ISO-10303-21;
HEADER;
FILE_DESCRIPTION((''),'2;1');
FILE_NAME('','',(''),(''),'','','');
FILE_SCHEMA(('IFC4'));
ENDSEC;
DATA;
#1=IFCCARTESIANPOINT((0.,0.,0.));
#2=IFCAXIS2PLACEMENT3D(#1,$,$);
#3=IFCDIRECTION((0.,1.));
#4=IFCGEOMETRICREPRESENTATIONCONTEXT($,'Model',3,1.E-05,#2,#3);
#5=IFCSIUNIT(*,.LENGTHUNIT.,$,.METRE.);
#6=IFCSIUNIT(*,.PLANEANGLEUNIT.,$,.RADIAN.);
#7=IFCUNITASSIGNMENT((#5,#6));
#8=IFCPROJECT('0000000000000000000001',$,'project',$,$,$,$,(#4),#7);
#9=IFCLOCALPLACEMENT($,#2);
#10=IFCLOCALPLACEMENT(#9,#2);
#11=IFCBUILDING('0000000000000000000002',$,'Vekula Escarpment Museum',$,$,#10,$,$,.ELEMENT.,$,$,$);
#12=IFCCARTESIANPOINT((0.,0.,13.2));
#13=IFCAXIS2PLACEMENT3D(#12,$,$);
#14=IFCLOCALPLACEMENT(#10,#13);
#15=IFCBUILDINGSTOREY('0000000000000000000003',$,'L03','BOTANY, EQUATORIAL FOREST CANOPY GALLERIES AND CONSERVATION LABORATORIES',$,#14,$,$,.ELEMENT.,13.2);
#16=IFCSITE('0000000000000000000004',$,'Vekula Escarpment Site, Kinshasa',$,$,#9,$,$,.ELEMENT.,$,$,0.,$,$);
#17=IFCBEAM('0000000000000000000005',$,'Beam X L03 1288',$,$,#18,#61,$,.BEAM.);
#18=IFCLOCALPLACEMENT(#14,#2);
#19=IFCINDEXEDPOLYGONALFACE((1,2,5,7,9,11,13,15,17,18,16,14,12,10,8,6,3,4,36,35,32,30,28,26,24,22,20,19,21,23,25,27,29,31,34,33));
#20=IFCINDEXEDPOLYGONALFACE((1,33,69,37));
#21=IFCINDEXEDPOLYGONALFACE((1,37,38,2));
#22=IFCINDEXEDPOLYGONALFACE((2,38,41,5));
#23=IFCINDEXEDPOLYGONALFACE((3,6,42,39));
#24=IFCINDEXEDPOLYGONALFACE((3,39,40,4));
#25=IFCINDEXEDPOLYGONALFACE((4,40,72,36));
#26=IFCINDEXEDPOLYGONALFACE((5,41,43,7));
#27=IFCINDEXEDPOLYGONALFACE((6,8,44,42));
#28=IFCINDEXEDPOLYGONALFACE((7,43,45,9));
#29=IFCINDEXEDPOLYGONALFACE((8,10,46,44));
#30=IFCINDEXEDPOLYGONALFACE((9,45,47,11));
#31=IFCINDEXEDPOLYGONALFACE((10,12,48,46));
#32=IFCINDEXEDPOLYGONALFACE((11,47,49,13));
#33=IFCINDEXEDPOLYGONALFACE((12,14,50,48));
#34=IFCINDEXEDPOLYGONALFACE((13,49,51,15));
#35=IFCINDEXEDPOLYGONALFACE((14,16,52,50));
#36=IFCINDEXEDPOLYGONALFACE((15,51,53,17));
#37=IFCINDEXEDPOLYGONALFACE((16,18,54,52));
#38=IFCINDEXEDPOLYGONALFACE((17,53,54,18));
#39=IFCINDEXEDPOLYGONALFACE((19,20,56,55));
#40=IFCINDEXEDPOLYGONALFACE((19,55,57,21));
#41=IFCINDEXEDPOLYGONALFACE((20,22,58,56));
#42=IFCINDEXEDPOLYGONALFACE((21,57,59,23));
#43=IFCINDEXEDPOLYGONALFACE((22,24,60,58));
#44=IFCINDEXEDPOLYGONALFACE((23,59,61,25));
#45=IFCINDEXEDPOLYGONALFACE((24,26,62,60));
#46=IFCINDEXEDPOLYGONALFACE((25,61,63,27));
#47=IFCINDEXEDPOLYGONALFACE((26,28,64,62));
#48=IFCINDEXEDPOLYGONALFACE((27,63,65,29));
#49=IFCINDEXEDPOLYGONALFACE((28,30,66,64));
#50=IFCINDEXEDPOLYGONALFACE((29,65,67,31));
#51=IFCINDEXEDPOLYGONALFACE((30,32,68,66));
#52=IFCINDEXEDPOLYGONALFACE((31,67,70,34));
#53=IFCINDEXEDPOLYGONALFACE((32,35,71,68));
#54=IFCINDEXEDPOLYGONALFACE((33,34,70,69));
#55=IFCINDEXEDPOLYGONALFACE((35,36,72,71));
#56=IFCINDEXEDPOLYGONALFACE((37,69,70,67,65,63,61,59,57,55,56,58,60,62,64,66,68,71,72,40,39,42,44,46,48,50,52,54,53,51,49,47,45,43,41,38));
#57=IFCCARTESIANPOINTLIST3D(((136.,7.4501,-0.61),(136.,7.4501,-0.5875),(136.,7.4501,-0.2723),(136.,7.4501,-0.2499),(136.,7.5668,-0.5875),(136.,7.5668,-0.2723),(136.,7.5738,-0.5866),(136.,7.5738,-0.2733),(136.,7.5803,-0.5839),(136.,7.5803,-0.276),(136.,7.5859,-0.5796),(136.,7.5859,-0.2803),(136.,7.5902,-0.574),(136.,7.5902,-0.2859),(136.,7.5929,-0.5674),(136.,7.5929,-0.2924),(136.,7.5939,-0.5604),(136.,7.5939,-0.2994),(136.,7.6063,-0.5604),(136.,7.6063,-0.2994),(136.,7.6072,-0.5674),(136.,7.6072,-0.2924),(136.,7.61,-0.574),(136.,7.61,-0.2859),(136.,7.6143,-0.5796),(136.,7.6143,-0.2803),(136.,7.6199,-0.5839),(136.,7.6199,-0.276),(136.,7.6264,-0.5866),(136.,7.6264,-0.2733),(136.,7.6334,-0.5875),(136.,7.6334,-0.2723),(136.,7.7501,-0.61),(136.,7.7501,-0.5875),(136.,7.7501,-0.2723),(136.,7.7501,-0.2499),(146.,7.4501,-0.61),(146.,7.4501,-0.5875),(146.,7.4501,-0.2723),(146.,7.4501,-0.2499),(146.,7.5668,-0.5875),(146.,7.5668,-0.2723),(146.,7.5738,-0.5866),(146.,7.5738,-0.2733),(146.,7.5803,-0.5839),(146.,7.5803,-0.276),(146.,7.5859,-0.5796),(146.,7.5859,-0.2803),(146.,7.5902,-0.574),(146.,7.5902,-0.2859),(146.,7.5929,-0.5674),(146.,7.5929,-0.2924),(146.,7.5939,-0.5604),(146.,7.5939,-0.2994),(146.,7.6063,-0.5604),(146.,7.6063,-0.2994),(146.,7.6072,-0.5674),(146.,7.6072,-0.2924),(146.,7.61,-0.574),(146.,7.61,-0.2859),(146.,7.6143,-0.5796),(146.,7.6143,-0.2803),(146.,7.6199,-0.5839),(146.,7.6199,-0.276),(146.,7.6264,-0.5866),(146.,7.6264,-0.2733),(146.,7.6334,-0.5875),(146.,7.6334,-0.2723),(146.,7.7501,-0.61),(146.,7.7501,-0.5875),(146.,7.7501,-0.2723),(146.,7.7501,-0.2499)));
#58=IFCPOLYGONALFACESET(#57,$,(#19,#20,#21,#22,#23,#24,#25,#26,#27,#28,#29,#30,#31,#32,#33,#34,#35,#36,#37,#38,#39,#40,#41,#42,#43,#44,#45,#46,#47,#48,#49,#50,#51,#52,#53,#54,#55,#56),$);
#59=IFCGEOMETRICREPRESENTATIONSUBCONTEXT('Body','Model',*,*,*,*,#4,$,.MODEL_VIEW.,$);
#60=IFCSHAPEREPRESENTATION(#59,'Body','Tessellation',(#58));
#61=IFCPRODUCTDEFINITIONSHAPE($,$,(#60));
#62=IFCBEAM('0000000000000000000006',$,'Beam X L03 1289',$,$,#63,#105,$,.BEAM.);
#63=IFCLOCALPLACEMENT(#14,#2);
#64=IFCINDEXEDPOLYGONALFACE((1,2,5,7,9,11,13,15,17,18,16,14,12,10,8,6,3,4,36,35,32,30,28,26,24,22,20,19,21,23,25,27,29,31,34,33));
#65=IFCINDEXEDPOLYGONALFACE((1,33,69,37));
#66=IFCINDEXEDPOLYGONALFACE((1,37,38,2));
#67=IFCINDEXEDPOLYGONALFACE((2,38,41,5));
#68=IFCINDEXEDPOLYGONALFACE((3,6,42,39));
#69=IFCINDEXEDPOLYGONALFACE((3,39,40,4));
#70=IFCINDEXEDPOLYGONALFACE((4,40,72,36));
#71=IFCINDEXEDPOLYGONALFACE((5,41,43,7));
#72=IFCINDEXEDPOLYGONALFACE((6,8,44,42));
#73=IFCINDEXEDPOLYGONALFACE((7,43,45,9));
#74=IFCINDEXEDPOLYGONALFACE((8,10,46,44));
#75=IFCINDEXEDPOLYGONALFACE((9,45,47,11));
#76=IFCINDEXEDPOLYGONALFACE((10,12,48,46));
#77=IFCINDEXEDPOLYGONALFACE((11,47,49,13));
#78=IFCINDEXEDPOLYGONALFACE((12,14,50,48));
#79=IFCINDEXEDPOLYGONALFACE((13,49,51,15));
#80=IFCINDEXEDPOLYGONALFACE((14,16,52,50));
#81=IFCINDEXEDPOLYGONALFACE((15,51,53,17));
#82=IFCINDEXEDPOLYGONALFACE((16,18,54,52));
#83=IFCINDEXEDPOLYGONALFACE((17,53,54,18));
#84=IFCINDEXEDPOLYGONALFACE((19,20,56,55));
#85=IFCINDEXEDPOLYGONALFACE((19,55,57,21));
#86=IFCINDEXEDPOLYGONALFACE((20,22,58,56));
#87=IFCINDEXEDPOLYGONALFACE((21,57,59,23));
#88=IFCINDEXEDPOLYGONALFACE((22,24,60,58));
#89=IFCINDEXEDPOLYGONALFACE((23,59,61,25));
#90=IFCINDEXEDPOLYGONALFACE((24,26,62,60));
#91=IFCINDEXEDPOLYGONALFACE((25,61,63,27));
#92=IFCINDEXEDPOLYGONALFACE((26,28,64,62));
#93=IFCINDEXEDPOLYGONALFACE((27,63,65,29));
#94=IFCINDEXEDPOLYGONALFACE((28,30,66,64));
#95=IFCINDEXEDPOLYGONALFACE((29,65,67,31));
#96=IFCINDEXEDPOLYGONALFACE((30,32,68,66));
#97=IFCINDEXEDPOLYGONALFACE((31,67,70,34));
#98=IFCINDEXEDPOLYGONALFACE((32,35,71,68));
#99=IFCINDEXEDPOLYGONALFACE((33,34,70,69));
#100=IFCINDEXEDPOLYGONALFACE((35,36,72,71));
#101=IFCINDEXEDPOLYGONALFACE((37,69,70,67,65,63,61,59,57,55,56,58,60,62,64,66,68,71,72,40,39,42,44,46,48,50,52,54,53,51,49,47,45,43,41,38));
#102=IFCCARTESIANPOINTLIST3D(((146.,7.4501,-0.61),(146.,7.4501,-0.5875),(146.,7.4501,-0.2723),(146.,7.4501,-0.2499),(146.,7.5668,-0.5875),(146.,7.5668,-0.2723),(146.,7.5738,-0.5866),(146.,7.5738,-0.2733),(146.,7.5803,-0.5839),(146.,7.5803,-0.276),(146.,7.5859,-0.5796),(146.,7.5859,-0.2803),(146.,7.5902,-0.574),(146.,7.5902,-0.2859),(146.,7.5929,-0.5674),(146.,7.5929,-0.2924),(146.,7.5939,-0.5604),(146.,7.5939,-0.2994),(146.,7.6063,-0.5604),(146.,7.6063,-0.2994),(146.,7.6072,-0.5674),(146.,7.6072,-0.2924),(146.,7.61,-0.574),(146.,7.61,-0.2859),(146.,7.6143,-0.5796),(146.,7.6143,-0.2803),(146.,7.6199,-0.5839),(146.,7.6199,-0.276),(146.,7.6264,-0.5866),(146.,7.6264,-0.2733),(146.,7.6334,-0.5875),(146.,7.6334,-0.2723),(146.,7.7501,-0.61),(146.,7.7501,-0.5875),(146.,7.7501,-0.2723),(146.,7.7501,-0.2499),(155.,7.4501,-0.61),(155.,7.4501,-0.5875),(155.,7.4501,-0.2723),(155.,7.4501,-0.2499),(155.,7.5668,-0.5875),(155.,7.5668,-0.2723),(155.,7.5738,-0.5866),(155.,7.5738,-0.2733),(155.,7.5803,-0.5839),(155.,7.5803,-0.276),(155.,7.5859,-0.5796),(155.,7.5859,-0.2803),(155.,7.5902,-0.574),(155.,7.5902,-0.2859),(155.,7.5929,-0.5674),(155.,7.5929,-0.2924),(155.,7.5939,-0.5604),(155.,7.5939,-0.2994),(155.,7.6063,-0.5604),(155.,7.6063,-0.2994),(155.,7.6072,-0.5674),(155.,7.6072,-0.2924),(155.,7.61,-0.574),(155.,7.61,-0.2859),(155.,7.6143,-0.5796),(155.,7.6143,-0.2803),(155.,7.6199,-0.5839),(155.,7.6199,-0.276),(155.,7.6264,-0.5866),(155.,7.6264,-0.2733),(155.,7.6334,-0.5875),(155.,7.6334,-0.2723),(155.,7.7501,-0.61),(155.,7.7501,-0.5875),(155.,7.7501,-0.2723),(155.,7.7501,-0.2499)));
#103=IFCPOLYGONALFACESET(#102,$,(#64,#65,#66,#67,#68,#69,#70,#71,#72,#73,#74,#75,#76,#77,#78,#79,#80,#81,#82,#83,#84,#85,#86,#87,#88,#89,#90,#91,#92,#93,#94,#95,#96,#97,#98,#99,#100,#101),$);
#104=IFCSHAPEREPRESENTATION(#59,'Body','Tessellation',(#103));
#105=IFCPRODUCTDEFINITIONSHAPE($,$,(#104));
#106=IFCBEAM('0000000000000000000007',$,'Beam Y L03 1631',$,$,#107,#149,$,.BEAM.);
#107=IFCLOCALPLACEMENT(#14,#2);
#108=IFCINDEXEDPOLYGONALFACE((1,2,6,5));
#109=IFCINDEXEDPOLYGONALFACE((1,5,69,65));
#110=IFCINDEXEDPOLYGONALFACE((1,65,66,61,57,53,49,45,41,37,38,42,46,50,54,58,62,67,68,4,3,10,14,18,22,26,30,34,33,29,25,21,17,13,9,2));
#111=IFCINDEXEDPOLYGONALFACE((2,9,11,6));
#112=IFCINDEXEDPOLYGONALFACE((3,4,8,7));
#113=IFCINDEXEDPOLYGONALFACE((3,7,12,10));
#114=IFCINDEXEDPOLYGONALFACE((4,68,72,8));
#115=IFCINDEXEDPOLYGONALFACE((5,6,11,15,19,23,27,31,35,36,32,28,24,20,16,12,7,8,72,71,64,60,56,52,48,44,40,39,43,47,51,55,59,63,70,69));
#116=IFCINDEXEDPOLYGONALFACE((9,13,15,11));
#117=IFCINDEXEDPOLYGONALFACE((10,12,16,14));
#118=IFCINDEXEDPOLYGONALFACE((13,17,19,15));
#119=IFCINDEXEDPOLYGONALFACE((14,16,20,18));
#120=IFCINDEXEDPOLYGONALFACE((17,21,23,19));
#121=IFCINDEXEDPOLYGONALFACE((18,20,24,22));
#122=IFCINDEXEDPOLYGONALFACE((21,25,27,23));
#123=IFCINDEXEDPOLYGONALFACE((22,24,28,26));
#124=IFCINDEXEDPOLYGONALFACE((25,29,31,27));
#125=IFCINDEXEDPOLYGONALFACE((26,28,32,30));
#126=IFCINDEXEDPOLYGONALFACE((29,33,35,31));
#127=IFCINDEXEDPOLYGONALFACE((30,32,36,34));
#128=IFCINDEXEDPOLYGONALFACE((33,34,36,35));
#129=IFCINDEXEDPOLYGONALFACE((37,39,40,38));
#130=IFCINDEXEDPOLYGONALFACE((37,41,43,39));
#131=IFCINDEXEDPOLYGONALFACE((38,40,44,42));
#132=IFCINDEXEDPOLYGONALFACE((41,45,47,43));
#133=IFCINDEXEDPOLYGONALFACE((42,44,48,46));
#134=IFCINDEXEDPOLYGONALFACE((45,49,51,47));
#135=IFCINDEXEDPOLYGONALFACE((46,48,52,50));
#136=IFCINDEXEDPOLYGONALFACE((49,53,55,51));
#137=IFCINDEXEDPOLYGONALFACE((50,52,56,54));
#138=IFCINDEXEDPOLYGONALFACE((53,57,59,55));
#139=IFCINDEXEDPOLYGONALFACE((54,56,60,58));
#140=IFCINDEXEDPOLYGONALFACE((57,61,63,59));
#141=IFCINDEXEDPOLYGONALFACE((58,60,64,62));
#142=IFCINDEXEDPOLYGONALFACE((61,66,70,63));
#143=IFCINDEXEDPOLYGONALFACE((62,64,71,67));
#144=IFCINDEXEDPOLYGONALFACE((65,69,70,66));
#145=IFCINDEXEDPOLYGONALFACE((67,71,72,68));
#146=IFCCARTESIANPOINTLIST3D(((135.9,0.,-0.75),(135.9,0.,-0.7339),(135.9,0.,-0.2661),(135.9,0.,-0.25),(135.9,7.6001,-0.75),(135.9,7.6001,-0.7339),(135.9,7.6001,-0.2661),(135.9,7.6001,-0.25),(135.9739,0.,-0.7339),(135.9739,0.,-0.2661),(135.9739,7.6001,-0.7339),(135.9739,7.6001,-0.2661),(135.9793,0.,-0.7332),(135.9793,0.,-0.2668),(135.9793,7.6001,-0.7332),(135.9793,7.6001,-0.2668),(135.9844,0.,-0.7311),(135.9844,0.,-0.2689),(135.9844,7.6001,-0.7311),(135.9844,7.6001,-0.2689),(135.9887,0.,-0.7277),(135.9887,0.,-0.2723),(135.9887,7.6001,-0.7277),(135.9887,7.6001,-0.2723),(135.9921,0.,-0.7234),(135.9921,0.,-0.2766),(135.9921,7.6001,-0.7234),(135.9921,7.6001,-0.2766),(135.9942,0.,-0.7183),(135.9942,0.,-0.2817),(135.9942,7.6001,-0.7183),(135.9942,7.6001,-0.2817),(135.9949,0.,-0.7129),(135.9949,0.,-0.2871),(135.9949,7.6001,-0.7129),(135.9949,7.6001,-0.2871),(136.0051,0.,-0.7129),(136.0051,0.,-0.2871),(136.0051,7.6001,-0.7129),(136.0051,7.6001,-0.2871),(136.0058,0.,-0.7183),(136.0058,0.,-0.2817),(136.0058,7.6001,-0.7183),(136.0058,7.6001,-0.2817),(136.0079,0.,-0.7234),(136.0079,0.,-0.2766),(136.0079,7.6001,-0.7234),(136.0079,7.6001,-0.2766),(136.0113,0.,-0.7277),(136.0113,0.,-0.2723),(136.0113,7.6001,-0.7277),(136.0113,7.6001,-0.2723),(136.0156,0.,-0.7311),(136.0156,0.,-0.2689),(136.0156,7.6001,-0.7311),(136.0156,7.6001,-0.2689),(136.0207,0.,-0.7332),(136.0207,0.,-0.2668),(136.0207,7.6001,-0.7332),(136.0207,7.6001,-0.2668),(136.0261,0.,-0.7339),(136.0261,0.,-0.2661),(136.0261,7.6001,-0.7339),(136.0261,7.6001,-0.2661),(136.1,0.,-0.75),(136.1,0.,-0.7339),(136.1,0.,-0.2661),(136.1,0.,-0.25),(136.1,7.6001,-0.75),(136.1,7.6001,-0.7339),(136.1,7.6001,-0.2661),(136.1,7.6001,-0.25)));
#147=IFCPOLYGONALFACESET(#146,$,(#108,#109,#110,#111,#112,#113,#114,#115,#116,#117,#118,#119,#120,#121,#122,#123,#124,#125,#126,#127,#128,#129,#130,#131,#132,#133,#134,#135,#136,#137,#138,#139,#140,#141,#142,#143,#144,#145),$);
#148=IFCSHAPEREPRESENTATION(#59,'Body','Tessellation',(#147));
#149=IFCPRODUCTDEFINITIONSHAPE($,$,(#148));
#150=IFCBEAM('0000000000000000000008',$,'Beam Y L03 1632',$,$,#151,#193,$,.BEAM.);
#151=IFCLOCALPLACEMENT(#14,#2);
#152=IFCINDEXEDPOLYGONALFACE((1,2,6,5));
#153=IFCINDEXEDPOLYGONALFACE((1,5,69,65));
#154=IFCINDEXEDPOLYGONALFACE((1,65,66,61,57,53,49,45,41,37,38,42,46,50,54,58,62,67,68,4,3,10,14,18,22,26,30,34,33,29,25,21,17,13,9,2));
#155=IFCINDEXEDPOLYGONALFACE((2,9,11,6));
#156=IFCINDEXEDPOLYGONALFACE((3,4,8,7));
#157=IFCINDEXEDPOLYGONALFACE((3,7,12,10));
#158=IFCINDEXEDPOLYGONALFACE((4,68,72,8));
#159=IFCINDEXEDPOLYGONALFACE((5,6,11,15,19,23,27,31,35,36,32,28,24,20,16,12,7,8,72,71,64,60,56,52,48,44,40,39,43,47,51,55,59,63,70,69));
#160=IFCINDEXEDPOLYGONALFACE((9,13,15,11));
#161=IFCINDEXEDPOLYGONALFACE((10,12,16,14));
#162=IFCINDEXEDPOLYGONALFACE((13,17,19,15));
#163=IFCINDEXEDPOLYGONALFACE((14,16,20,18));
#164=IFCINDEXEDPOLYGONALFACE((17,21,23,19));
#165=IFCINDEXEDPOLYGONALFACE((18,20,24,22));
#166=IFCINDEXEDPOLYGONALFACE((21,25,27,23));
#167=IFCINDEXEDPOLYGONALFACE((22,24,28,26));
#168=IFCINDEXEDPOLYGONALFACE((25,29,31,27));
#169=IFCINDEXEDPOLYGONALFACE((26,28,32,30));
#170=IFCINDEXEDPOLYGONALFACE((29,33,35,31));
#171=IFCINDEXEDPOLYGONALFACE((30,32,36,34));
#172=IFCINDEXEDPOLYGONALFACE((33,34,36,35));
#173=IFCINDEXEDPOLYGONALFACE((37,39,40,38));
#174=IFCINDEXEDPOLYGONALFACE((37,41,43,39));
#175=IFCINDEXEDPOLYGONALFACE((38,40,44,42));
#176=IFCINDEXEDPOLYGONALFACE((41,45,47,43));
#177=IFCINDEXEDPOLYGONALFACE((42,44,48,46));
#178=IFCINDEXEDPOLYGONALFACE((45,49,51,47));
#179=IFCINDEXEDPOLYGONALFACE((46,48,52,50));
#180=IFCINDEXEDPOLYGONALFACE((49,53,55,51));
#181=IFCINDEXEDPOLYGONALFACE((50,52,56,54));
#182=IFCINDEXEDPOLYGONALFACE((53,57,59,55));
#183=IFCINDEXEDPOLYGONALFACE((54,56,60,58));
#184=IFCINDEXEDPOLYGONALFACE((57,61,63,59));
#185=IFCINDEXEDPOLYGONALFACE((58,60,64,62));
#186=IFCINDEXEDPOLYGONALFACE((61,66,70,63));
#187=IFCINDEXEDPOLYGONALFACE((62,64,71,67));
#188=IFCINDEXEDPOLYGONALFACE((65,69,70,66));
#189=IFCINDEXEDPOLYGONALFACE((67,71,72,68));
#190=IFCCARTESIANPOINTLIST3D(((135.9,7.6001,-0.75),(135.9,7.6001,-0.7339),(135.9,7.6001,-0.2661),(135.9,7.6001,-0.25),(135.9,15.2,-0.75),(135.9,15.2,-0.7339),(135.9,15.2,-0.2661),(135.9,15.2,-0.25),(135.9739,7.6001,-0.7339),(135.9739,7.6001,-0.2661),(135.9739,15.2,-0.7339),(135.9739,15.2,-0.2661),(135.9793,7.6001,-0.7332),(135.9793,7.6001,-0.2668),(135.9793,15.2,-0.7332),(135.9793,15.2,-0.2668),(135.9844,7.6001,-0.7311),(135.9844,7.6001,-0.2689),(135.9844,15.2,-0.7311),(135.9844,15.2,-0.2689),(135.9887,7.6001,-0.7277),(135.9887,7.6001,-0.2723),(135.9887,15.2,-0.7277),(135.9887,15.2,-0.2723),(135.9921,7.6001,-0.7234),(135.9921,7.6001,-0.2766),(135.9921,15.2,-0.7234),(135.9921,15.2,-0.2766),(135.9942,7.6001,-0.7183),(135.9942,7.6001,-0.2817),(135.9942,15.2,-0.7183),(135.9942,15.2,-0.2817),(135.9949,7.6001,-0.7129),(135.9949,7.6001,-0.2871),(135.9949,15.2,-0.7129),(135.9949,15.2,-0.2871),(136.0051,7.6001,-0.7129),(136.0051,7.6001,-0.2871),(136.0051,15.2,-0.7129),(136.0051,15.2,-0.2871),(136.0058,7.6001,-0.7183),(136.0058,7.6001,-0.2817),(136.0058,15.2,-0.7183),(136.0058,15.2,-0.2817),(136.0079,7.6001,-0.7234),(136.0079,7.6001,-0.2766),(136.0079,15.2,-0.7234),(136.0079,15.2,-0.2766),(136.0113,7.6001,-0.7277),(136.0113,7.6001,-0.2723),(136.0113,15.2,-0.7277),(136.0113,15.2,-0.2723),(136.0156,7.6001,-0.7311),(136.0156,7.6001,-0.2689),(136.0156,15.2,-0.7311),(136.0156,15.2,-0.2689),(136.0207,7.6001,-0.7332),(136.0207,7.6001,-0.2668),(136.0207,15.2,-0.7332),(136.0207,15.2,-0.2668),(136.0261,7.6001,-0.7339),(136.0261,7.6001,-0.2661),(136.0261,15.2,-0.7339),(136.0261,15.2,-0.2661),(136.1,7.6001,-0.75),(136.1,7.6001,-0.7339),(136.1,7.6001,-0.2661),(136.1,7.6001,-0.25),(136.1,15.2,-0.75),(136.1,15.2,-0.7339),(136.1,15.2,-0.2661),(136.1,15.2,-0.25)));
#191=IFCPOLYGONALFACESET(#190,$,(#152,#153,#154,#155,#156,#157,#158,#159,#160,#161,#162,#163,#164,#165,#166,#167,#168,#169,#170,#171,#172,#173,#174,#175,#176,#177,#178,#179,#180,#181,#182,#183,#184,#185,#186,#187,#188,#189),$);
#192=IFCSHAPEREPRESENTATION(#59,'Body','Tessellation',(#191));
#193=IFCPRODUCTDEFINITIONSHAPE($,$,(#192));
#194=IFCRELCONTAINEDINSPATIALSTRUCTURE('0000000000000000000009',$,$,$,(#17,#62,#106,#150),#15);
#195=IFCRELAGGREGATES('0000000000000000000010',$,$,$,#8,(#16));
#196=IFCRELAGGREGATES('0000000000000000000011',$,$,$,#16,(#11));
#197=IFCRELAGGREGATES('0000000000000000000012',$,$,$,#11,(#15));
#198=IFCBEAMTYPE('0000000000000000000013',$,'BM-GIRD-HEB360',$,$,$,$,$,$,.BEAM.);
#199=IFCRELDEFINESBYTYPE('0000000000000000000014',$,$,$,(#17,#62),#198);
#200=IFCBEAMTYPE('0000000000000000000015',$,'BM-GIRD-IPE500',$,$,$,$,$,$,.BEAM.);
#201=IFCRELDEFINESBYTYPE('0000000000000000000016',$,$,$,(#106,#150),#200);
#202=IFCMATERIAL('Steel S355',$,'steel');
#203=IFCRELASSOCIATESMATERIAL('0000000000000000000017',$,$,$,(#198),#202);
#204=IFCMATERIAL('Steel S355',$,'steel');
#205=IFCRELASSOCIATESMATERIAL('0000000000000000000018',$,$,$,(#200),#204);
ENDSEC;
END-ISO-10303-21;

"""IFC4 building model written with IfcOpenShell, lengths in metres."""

from ifc_helpers import new_model, si_unit, direction, frame, origin, origin_2d, place, context, subcontext, project, spatial, i_section, extrude, material, material_profile, profile_set, type_object, element, save


model = new_model("IFC4")

# Units and contexts
model_context = context("Model", 3, precision=1e-05, world=origin(), true_north=direction((0.0, 1.0)))
body_context = subcontext(model_context, "Body", "Model", "MODEL_VIEW")
ifc_project = project(units=[si_unit("LENGTHUNIT", "METRE"), si_unit("PLANEANGLEUNIT", "RADIAN")], contexts=[model_context])

# Site, building, storey
site_placement = place(None, origin())
site = spatial("IfcSite", under=ifc_project, at=site_placement, Name="Vekula Escarpment Site, Kinshasa", CompositionType="ELEMENT", RefElevation=0.0)
building_placement = place(site_placement, origin())
building = spatial("IfcBuilding", under=site, at=building_placement, Name="Vekula Escarpment Museum", CompositionType="ELEMENT")
storey_placement = place(building_placement, frame((0.0, 0.0, 13.2)))
storey = spatial("IfcBuildingStorey", under=building, at=storey_placement, Name="L03", Description="BOTANY, EQUATORIAL FOREST CANOPY GALLERIES AND CONSERVATION LABORATORIES", CompositionType="ELEMENT", Elevation=13.2)

# Beams
ifc_material_1 = material(Name="Steel S355", Category="steel")
ifc_material_profile_1 = material_profile(ifc_material_1, i_section(OverallWidth=0.3, OverallDepth=0.3601, WebThickness=0.0125, FlangeThickness=0.0225, FilletRadius=0.0271, at=origin_2d()), Name="HEB 360")
ifc_profile_set_1 = profile_set([ifc_material_profile_1], Name="Steel S355")
beam_type_1 = type_object("IfcBeamType", Name="BM-GIRD-HEB360", PredefinedType="BEAM", material=ifc_profile_set_1)
beam_1_placement = place(storey_placement, frame((136.0, 7.6001, -0.4299), z_axis=(1.0, 0.0, 0.0), x_axis=(0.0, 1.0, 0.0)))
element("IfcBeam", 1, at=beam_1_placement, inside=storey, type_object=beam_type_1, Name="Beam X L03 1288", PredefinedType="BEAM", context=body_context, shape_type="SweptSolid", body=[
    extrude(i_section(OverallWidth=0.3, OverallDepth=0.3601, WebThickness=0.0125, FlangeThickness=0.0225, FilletRadius=0.0271, at=origin_2d()), origin(), (0.0, 0.0, 1.0), 10.0),
])
beam_2_placement = place(storey_placement, frame((146.0, 7.6001, -0.4299), z_axis=(1.0, 0.0, 0.0), x_axis=(0.0, 1.0, 0.0)))
element("IfcBeam", 2, at=beam_2_placement, inside=storey, type_object=beam_type_1, Name="Beam X L03 1289", PredefinedType="BEAM", context=body_context, shape_type="SweptSolid", body=[
    extrude(i_section(OverallWidth=0.3, OverallDepth=0.3601, WebThickness=0.0125, FlangeThickness=0.0225, FilletRadius=0.0271, at=origin_2d()), origin(), (0.0, 0.0, 1.0), 9.0),
])
ifc_material_2 = material(Name="Steel S355", Category="steel")
ifc_material_profile_2 = material_profile(ifc_material_2, i_section(OverallWidth=0.2, OverallDepth=0.5, WebThickness=0.0103, FlangeThickness=0.0161, FilletRadius=0.021, at=origin_2d()), Name="IPE 500")
ifc_profile_set_2 = profile_set([ifc_material_profile_2], Name="Steel S355")
beam_type_2 = type_object("IfcBeamType", Name="BM-GIRD-IPE500", PredefinedType="BEAM", material=ifc_profile_set_2)
beam_3_placement = place(storey_placement, frame((136.0, 0.0, -0.5), z_axis=(0.0, 1.0, 0.0), x_axis=(-1.0, 0.0, 0.0)))
element("IfcBeam", 3, at=beam_3_placement, inside=storey, type_object=beam_type_2, Name="Beam Y L03 1631", PredefinedType="BEAM", context=body_context, shape_type="SweptSolid", body=[
    extrude(i_section(OverallWidth=0.2, OverallDepth=0.5, WebThickness=0.0103, FlangeThickness=0.0161, FilletRadius=0.021, at=origin_2d()), origin(), (0.0, 0.0, 1.0), 7.6001),
])
beam_4_placement = place(storey_placement, frame((136.0, 7.6001, -0.5), z_axis=(0.0, 1.0, 0.0), x_axis=(-1.0, 0.0, 0.0)))
element("IfcBeam", 4, at=beam_4_placement, inside=storey, type_object=beam_type_2, Name="Beam Y L03 1632", PredefinedType="BEAM", context=body_context, shape_type="SweptSolid", body=[
    extrude(i_section(OverallWidth=0.2, OverallDepth=0.5, WebThickness=0.0103, FlangeThickness=0.0161, FilletRadius=0.021, at=origin_2d()), origin(), (0.0, 0.0, 1.0), 7.5999),
])

save(model, "model.ifc")
